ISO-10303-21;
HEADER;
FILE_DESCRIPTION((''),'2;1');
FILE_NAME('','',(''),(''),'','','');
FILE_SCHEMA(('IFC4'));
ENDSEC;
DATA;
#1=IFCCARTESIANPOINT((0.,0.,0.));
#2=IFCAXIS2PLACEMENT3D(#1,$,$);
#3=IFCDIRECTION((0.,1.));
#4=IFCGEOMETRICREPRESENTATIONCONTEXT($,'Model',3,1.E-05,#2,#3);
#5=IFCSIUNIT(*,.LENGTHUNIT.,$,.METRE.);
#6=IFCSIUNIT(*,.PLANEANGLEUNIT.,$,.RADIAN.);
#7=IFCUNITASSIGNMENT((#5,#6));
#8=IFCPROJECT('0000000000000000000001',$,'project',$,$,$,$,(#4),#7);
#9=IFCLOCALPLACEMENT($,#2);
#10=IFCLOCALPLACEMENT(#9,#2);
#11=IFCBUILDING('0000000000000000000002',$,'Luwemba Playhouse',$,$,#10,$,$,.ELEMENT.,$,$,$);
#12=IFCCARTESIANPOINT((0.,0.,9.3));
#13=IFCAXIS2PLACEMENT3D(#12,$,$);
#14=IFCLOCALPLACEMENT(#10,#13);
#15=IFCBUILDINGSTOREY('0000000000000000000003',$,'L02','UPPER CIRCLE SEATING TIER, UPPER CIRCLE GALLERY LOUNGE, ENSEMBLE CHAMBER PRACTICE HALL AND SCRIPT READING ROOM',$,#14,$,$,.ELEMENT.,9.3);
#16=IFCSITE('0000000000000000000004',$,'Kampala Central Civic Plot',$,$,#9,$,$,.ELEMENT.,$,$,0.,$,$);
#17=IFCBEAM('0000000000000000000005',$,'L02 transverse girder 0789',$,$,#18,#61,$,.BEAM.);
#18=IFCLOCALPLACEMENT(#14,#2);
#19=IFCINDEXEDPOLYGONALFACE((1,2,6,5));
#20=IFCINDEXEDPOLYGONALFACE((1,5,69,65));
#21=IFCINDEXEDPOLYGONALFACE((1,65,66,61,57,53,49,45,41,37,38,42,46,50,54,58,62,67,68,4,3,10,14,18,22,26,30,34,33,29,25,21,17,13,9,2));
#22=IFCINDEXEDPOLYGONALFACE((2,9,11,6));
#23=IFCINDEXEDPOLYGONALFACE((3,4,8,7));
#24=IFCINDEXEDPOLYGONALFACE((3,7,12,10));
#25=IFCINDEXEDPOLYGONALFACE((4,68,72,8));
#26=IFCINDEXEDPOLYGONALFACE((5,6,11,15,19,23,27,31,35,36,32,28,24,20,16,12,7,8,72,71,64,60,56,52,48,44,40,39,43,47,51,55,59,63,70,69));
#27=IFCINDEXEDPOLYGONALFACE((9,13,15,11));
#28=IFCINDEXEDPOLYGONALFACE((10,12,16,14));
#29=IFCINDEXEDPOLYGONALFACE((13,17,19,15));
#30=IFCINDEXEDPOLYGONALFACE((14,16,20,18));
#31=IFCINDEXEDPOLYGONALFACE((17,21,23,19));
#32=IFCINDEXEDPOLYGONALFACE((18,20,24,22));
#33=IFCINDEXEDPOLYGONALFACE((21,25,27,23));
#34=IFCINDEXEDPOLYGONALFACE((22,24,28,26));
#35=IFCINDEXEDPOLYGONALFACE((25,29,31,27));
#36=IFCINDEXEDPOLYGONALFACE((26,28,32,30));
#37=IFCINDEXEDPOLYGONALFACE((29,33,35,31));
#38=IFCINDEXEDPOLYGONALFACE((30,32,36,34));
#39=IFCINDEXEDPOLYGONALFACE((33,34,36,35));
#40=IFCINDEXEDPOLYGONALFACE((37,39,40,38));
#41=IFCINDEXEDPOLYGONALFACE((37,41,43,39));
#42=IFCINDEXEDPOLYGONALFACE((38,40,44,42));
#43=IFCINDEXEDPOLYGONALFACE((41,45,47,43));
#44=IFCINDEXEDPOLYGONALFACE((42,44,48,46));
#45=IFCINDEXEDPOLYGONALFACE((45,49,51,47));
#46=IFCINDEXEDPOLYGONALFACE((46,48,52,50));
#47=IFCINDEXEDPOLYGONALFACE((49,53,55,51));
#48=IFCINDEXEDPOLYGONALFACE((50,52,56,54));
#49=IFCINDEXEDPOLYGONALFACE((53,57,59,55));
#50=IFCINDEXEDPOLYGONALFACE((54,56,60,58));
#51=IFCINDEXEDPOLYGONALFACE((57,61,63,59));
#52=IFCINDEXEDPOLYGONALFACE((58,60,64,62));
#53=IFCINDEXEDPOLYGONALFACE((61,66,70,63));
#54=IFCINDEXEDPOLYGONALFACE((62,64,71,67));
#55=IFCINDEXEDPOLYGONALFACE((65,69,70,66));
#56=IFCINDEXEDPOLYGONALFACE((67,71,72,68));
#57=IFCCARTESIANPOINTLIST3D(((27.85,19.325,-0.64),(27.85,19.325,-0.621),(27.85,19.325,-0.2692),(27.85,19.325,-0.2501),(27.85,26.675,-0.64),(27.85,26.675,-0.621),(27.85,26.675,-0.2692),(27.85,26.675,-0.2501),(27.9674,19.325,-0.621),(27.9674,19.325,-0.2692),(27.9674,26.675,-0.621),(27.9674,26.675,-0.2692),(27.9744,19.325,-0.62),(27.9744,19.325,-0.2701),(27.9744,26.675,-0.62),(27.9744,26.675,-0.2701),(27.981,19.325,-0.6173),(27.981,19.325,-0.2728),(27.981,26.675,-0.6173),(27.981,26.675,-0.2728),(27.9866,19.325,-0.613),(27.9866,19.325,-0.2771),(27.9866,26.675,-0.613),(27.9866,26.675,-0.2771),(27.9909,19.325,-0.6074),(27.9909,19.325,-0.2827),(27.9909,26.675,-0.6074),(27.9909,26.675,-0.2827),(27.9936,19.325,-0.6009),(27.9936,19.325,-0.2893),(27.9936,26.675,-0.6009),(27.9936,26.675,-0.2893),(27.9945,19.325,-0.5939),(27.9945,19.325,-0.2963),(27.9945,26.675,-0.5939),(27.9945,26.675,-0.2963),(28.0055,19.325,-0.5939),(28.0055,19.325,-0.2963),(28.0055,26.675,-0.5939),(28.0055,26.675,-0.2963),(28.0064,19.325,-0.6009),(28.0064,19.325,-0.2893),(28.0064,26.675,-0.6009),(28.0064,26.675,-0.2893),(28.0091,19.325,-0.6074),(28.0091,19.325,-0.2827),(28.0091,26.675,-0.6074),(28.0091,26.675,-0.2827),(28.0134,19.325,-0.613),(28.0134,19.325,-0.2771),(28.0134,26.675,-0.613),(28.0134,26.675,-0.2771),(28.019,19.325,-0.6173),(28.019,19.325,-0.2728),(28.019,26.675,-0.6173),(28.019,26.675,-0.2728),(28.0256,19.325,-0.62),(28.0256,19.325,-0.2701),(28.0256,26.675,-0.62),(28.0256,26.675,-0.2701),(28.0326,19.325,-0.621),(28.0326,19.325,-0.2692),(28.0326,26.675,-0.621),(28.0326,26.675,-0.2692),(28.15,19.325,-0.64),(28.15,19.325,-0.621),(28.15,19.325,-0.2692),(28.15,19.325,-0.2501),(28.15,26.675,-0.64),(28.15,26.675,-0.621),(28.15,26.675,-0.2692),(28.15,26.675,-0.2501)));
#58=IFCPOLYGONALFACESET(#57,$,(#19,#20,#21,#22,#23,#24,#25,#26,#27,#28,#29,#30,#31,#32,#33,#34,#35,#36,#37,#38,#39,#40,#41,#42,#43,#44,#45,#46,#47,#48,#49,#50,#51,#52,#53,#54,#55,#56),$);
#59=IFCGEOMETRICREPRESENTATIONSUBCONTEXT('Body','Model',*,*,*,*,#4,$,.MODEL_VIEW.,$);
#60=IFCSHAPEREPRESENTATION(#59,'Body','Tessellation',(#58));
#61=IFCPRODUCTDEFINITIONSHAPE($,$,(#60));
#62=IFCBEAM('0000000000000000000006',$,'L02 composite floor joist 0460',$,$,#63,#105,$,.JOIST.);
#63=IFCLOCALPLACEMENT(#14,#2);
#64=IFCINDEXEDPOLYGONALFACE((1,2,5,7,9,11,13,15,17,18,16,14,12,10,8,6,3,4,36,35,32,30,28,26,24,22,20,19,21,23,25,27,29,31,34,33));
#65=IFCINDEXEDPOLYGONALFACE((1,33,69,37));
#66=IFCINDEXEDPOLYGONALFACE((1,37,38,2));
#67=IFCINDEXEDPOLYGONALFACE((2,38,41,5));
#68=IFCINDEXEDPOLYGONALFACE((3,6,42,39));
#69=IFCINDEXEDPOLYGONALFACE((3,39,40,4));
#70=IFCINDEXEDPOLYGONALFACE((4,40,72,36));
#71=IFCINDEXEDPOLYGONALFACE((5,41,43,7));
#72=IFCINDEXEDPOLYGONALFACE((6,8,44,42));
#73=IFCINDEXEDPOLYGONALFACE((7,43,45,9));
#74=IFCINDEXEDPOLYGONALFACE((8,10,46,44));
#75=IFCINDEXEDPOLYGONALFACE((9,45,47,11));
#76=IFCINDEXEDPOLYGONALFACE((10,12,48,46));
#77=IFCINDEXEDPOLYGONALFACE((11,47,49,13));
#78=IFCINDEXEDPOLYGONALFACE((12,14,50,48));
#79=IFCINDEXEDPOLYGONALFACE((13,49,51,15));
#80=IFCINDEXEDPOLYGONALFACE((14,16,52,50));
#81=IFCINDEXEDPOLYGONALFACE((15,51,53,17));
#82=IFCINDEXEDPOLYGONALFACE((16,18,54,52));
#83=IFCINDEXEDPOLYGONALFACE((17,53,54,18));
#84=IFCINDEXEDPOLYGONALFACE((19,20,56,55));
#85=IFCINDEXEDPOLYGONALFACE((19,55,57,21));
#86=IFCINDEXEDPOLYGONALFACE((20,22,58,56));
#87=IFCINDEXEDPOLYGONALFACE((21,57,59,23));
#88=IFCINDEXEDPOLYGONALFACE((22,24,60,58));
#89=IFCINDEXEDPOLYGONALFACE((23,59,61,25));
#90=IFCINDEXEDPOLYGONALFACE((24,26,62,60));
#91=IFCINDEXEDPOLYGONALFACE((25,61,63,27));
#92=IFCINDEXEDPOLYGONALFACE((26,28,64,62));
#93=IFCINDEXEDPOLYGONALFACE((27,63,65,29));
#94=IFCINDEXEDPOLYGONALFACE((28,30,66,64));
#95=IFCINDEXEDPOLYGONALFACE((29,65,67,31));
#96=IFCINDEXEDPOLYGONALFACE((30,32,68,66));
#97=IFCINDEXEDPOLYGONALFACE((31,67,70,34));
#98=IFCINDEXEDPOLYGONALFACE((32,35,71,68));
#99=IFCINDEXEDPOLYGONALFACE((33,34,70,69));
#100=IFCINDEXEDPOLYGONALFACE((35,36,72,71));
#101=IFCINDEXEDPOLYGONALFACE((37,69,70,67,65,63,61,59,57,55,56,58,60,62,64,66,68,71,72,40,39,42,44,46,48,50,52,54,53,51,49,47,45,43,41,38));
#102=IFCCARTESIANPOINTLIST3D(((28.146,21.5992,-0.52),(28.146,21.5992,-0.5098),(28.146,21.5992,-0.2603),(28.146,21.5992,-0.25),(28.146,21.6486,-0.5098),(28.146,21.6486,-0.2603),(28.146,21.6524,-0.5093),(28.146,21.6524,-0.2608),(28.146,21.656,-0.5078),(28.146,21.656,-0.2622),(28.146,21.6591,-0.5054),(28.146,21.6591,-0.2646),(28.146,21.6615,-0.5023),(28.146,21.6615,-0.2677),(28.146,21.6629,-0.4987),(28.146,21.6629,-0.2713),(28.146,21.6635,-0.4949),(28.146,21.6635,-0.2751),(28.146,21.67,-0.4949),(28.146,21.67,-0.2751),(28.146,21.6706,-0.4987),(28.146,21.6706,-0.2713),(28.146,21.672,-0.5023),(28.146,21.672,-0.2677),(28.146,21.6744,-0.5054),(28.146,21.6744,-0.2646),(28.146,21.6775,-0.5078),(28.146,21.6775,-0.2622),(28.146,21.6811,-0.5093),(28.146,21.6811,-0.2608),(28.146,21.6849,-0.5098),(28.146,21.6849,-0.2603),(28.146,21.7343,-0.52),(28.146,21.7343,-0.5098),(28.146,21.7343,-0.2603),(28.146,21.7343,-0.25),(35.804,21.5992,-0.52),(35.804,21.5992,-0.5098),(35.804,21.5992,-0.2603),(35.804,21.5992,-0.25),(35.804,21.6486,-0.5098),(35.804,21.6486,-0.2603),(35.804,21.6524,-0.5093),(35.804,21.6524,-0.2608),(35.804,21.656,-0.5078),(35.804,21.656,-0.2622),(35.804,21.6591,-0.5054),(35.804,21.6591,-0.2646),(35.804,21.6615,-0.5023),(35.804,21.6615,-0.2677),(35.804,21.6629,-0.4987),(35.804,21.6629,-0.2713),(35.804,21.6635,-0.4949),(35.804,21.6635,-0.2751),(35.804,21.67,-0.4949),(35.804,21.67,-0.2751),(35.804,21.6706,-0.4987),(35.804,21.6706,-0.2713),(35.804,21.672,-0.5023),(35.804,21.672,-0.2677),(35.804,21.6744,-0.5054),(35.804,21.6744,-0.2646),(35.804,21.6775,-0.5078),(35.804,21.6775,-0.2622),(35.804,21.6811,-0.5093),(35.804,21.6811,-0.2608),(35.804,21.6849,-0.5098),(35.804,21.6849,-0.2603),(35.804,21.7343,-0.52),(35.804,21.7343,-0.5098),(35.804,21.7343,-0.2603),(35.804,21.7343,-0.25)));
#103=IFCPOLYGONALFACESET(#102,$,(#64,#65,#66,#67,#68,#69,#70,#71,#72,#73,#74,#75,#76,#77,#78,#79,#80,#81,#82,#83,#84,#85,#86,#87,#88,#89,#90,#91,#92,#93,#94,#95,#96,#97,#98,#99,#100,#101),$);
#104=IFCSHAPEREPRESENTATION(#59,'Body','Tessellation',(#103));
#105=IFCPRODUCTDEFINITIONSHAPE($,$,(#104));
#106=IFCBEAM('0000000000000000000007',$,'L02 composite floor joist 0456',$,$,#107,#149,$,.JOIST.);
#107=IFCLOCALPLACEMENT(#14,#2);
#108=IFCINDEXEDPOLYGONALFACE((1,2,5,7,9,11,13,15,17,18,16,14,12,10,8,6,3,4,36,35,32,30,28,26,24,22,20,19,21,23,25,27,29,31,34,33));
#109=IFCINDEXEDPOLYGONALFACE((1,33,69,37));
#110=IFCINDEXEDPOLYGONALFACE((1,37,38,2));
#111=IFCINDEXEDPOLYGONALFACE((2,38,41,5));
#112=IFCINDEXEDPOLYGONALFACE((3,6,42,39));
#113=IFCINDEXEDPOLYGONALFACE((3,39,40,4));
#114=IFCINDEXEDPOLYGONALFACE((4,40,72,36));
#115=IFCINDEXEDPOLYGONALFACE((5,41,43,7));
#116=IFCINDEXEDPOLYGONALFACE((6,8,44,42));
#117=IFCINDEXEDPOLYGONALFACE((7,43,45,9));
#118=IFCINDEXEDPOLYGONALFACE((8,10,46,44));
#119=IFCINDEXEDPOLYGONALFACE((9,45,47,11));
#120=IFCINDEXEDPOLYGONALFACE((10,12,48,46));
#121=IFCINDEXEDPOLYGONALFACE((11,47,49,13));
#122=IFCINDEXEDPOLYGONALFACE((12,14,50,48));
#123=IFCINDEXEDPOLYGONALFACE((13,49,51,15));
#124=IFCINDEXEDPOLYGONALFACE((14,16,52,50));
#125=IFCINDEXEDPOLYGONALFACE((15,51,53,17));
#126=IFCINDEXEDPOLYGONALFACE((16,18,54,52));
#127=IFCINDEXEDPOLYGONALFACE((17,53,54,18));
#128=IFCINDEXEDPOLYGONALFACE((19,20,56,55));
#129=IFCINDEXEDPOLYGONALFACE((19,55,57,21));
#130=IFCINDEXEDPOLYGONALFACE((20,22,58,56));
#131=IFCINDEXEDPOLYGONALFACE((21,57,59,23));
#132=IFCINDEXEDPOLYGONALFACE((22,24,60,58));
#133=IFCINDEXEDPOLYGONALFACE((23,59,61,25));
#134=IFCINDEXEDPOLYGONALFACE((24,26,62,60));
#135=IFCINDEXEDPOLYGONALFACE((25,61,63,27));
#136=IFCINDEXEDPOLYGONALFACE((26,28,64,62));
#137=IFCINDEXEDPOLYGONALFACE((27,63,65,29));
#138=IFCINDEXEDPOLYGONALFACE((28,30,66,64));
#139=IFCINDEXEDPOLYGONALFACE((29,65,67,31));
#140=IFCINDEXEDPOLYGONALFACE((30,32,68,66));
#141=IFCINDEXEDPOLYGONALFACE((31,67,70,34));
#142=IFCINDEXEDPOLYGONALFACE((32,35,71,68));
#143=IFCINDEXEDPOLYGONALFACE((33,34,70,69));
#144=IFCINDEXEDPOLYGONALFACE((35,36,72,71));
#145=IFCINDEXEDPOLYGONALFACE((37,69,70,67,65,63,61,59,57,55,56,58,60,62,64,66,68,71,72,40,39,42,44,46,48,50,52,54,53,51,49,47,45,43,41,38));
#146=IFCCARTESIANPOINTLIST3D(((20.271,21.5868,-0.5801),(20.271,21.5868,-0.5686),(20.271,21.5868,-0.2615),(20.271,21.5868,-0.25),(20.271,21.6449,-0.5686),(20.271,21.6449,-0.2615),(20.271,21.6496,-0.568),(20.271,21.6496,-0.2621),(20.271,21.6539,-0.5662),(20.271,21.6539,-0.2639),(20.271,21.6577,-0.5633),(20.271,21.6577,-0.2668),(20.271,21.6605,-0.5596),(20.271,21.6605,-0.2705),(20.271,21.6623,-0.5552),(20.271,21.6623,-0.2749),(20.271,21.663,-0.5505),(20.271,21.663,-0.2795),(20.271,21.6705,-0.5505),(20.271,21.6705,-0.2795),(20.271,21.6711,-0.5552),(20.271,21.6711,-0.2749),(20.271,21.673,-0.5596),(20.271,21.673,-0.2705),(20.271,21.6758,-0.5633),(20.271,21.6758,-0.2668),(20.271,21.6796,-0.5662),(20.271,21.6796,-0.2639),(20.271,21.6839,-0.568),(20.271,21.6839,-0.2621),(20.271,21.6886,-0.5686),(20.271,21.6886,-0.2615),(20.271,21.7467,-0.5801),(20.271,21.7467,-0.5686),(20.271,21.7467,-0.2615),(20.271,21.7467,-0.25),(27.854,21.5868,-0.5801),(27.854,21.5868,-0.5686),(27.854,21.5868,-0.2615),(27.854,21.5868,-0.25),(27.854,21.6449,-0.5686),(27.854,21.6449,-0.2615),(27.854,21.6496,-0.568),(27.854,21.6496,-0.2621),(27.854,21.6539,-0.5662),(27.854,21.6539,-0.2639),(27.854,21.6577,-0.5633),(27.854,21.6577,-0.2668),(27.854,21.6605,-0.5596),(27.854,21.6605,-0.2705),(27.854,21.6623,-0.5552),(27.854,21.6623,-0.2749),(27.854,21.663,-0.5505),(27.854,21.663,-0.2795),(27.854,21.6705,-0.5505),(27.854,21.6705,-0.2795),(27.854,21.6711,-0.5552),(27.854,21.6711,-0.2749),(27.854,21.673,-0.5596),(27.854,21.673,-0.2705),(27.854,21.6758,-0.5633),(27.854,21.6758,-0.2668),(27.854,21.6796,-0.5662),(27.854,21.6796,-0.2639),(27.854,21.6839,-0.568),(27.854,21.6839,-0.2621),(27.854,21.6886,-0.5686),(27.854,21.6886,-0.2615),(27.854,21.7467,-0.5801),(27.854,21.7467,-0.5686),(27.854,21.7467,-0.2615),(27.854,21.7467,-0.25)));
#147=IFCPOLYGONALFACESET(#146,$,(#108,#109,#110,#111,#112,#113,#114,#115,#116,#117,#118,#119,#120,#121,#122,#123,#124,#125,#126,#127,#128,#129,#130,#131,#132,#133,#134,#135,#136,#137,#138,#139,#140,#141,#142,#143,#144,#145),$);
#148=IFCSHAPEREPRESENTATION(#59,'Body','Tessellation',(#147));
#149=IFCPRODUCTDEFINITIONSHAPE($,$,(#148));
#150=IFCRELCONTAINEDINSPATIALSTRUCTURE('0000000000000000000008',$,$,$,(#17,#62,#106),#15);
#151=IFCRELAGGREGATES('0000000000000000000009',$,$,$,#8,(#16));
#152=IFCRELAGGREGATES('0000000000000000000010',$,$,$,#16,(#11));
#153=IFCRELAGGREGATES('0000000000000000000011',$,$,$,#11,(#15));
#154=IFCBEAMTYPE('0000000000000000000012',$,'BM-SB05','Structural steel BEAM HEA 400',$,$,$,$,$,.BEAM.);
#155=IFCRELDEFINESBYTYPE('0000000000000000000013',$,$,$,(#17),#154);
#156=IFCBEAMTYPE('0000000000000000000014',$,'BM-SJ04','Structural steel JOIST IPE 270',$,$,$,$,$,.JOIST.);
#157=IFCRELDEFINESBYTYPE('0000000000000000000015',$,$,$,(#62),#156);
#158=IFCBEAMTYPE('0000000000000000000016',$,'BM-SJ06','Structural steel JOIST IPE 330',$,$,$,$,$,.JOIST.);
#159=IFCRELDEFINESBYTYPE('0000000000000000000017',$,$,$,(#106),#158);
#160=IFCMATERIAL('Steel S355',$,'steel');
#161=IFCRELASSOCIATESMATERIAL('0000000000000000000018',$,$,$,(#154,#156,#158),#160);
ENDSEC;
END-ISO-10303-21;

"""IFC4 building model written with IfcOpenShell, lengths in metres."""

from ifc_helpers import new_model, si_unit, direction, frame, origin, origin_2d, place, context, subcontext, project, spatial, i_section, extrude, material, material_profile, profile_set, type_object, element, save


model = new_model("IFC4")

# Units and contexts
model_context = context("Model", 3, precision=1e-05, world=origin(), true_north=direction((0.0, 1.0)))
body_context = subcontext(model_context, "Body", "Model", "MODEL_VIEW")
ifc_project = project(units=[si_unit("LENGTHUNIT", "METRE"), si_unit("PLANEANGLEUNIT", "RADIAN")], contexts=[model_context])

# Site, building, storey
site_placement = place(None, origin())
site = spatial("IfcSite", under=ifc_project, at=site_placement, Name="Kampala Central Civic Plot", CompositionType="ELEMENT", RefElevation=0.0)
building_placement = place(site_placement, origin())
building = spatial("IfcBuilding", under=site, at=building_placement, Name="Luwemba Playhouse", CompositionType="ELEMENT")
storey_placement = place(building_placement, frame((0.0, 0.0, 9.3)))
storey = spatial("IfcBuildingStorey", under=building, at=storey_placement, Name="L02", Description="UPPER CIRCLE SEATING TIER, UPPER CIRCLE GALLERY LOUNGE, ENSEMBLE CHAMBER PRACTICE HALL AND SCRIPT READING ROOM", CompositionType="ELEMENT", Elevation=9.3)

# Beams
ifc_material_1 = material(Name="Steel S355", Category="steel")
ifc_material_profile_1 = material_profile(ifc_material_1, i_section(OverallWidth=0.3, OverallDepth=0.3899, WebThickness=0.011, FlangeThickness=0.019, FilletRadius=0.0271, at=origin_2d()))
ifc_profile_set_1 = profile_set([ifc_material_profile_1], Name="Steel S355")
beam_type_1 = type_object("IfcBeamType", Name="BM-SB05", Description="Structural steel BEAM HEA 400", PredefinedType="BEAM", material=ifc_profile_set_1)
beam_1_placement = place(storey_placement, frame((28.0, 19.325, -0.4451), z_axis=(0.0, 1.0, 0.0), x_axis=(-1.0, 0.0, 0.0)))
element("IfcBeam", 1, at=beam_1_placement, inside=storey, type_object=beam_type_1, Name="L02 transverse girder 0789", PredefinedType="BEAM", context=body_context, shape_type="SweptSolid", body=[
    extrude(i_section(OverallWidth=0.3, OverallDepth=0.3899, WebThickness=0.011, FlangeThickness=0.019, FilletRadius=0.0271, at=origin_2d()), origin(), (0.0, 0.0, 1.0), 7.3501),
])
ifc_material_profile_2 = material_profile(ifc_material_1, i_section(OverallWidth=0.135, OverallDepth=0.27, WebThickness=0.0066, FlangeThickness=0.0103, FilletRadius=0.0149, at=origin_2d()))
ifc_profile_set_2 = profile_set([ifc_material_profile_2], Name="Steel S355")
beam_type_2 = type_object("IfcBeamType", Name="BM-SJ04", Description="Structural steel JOIST IPE 270", PredefinedType="JOIST", material=ifc_profile_set_2)
beam_2_placement = place(storey_placement, frame((28.146, 21.6667, -0.385), z_axis=(1.0, 0.0, 0.0), x_axis=(0.0, 1.0, 0.0)))
element("IfcBeam", 2, at=beam_2_placement, inside=storey, type_object=beam_type_2, Name="L02 composite floor joist 0460", PredefinedType="JOIST", context=body_context, shape_type="SweptSolid", body=[
    extrude(i_section(OverallWidth=0.135, OverallDepth=0.27, WebThickness=0.0066, FlangeThickness=0.0103, FilletRadius=0.0149, at=origin_2d()), origin(), (0.0, 0.0, 1.0), 7.658),
])
ifc_material_profile_3 = material_profile(ifc_material_1, i_section(OverallWidth=0.1599, OverallDepth=0.3301, WebThickness=0.0076, FlangeThickness=0.0115, FilletRadius=0.0181, at=origin_2d()))
ifc_profile_set_3 = profile_set([ifc_material_profile_3], Name="Steel S355")
beam_type_3 = type_object("IfcBeamType", Name="BM-SJ06", Description="Structural steel JOIST IPE 330", PredefinedType="JOIST", material=ifc_profile_set_3)
beam_3_placement = place(storey_placement, frame((20.271, 21.6667, -0.415), z_axis=(1.0, 0.0, 0.0), x_axis=(0.0, 1.0, 0.0)))
element("IfcBeam", 3, at=beam_3_placement, inside=storey, type_object=beam_type_3, Name="L02 composite floor joist 0456", PredefinedType="JOIST", context=body_context, shape_type="SweptSolid", body=[
    extrude(i_section(OverallWidth=0.1599, OverallDepth=0.3301, WebThickness=0.0076, FlangeThickness=0.0115, FilletRadius=0.0181, at=origin_2d()), origin(), (0.0, 0.0, 1.0), 7.583),
])

save(model, "model.ifc")
